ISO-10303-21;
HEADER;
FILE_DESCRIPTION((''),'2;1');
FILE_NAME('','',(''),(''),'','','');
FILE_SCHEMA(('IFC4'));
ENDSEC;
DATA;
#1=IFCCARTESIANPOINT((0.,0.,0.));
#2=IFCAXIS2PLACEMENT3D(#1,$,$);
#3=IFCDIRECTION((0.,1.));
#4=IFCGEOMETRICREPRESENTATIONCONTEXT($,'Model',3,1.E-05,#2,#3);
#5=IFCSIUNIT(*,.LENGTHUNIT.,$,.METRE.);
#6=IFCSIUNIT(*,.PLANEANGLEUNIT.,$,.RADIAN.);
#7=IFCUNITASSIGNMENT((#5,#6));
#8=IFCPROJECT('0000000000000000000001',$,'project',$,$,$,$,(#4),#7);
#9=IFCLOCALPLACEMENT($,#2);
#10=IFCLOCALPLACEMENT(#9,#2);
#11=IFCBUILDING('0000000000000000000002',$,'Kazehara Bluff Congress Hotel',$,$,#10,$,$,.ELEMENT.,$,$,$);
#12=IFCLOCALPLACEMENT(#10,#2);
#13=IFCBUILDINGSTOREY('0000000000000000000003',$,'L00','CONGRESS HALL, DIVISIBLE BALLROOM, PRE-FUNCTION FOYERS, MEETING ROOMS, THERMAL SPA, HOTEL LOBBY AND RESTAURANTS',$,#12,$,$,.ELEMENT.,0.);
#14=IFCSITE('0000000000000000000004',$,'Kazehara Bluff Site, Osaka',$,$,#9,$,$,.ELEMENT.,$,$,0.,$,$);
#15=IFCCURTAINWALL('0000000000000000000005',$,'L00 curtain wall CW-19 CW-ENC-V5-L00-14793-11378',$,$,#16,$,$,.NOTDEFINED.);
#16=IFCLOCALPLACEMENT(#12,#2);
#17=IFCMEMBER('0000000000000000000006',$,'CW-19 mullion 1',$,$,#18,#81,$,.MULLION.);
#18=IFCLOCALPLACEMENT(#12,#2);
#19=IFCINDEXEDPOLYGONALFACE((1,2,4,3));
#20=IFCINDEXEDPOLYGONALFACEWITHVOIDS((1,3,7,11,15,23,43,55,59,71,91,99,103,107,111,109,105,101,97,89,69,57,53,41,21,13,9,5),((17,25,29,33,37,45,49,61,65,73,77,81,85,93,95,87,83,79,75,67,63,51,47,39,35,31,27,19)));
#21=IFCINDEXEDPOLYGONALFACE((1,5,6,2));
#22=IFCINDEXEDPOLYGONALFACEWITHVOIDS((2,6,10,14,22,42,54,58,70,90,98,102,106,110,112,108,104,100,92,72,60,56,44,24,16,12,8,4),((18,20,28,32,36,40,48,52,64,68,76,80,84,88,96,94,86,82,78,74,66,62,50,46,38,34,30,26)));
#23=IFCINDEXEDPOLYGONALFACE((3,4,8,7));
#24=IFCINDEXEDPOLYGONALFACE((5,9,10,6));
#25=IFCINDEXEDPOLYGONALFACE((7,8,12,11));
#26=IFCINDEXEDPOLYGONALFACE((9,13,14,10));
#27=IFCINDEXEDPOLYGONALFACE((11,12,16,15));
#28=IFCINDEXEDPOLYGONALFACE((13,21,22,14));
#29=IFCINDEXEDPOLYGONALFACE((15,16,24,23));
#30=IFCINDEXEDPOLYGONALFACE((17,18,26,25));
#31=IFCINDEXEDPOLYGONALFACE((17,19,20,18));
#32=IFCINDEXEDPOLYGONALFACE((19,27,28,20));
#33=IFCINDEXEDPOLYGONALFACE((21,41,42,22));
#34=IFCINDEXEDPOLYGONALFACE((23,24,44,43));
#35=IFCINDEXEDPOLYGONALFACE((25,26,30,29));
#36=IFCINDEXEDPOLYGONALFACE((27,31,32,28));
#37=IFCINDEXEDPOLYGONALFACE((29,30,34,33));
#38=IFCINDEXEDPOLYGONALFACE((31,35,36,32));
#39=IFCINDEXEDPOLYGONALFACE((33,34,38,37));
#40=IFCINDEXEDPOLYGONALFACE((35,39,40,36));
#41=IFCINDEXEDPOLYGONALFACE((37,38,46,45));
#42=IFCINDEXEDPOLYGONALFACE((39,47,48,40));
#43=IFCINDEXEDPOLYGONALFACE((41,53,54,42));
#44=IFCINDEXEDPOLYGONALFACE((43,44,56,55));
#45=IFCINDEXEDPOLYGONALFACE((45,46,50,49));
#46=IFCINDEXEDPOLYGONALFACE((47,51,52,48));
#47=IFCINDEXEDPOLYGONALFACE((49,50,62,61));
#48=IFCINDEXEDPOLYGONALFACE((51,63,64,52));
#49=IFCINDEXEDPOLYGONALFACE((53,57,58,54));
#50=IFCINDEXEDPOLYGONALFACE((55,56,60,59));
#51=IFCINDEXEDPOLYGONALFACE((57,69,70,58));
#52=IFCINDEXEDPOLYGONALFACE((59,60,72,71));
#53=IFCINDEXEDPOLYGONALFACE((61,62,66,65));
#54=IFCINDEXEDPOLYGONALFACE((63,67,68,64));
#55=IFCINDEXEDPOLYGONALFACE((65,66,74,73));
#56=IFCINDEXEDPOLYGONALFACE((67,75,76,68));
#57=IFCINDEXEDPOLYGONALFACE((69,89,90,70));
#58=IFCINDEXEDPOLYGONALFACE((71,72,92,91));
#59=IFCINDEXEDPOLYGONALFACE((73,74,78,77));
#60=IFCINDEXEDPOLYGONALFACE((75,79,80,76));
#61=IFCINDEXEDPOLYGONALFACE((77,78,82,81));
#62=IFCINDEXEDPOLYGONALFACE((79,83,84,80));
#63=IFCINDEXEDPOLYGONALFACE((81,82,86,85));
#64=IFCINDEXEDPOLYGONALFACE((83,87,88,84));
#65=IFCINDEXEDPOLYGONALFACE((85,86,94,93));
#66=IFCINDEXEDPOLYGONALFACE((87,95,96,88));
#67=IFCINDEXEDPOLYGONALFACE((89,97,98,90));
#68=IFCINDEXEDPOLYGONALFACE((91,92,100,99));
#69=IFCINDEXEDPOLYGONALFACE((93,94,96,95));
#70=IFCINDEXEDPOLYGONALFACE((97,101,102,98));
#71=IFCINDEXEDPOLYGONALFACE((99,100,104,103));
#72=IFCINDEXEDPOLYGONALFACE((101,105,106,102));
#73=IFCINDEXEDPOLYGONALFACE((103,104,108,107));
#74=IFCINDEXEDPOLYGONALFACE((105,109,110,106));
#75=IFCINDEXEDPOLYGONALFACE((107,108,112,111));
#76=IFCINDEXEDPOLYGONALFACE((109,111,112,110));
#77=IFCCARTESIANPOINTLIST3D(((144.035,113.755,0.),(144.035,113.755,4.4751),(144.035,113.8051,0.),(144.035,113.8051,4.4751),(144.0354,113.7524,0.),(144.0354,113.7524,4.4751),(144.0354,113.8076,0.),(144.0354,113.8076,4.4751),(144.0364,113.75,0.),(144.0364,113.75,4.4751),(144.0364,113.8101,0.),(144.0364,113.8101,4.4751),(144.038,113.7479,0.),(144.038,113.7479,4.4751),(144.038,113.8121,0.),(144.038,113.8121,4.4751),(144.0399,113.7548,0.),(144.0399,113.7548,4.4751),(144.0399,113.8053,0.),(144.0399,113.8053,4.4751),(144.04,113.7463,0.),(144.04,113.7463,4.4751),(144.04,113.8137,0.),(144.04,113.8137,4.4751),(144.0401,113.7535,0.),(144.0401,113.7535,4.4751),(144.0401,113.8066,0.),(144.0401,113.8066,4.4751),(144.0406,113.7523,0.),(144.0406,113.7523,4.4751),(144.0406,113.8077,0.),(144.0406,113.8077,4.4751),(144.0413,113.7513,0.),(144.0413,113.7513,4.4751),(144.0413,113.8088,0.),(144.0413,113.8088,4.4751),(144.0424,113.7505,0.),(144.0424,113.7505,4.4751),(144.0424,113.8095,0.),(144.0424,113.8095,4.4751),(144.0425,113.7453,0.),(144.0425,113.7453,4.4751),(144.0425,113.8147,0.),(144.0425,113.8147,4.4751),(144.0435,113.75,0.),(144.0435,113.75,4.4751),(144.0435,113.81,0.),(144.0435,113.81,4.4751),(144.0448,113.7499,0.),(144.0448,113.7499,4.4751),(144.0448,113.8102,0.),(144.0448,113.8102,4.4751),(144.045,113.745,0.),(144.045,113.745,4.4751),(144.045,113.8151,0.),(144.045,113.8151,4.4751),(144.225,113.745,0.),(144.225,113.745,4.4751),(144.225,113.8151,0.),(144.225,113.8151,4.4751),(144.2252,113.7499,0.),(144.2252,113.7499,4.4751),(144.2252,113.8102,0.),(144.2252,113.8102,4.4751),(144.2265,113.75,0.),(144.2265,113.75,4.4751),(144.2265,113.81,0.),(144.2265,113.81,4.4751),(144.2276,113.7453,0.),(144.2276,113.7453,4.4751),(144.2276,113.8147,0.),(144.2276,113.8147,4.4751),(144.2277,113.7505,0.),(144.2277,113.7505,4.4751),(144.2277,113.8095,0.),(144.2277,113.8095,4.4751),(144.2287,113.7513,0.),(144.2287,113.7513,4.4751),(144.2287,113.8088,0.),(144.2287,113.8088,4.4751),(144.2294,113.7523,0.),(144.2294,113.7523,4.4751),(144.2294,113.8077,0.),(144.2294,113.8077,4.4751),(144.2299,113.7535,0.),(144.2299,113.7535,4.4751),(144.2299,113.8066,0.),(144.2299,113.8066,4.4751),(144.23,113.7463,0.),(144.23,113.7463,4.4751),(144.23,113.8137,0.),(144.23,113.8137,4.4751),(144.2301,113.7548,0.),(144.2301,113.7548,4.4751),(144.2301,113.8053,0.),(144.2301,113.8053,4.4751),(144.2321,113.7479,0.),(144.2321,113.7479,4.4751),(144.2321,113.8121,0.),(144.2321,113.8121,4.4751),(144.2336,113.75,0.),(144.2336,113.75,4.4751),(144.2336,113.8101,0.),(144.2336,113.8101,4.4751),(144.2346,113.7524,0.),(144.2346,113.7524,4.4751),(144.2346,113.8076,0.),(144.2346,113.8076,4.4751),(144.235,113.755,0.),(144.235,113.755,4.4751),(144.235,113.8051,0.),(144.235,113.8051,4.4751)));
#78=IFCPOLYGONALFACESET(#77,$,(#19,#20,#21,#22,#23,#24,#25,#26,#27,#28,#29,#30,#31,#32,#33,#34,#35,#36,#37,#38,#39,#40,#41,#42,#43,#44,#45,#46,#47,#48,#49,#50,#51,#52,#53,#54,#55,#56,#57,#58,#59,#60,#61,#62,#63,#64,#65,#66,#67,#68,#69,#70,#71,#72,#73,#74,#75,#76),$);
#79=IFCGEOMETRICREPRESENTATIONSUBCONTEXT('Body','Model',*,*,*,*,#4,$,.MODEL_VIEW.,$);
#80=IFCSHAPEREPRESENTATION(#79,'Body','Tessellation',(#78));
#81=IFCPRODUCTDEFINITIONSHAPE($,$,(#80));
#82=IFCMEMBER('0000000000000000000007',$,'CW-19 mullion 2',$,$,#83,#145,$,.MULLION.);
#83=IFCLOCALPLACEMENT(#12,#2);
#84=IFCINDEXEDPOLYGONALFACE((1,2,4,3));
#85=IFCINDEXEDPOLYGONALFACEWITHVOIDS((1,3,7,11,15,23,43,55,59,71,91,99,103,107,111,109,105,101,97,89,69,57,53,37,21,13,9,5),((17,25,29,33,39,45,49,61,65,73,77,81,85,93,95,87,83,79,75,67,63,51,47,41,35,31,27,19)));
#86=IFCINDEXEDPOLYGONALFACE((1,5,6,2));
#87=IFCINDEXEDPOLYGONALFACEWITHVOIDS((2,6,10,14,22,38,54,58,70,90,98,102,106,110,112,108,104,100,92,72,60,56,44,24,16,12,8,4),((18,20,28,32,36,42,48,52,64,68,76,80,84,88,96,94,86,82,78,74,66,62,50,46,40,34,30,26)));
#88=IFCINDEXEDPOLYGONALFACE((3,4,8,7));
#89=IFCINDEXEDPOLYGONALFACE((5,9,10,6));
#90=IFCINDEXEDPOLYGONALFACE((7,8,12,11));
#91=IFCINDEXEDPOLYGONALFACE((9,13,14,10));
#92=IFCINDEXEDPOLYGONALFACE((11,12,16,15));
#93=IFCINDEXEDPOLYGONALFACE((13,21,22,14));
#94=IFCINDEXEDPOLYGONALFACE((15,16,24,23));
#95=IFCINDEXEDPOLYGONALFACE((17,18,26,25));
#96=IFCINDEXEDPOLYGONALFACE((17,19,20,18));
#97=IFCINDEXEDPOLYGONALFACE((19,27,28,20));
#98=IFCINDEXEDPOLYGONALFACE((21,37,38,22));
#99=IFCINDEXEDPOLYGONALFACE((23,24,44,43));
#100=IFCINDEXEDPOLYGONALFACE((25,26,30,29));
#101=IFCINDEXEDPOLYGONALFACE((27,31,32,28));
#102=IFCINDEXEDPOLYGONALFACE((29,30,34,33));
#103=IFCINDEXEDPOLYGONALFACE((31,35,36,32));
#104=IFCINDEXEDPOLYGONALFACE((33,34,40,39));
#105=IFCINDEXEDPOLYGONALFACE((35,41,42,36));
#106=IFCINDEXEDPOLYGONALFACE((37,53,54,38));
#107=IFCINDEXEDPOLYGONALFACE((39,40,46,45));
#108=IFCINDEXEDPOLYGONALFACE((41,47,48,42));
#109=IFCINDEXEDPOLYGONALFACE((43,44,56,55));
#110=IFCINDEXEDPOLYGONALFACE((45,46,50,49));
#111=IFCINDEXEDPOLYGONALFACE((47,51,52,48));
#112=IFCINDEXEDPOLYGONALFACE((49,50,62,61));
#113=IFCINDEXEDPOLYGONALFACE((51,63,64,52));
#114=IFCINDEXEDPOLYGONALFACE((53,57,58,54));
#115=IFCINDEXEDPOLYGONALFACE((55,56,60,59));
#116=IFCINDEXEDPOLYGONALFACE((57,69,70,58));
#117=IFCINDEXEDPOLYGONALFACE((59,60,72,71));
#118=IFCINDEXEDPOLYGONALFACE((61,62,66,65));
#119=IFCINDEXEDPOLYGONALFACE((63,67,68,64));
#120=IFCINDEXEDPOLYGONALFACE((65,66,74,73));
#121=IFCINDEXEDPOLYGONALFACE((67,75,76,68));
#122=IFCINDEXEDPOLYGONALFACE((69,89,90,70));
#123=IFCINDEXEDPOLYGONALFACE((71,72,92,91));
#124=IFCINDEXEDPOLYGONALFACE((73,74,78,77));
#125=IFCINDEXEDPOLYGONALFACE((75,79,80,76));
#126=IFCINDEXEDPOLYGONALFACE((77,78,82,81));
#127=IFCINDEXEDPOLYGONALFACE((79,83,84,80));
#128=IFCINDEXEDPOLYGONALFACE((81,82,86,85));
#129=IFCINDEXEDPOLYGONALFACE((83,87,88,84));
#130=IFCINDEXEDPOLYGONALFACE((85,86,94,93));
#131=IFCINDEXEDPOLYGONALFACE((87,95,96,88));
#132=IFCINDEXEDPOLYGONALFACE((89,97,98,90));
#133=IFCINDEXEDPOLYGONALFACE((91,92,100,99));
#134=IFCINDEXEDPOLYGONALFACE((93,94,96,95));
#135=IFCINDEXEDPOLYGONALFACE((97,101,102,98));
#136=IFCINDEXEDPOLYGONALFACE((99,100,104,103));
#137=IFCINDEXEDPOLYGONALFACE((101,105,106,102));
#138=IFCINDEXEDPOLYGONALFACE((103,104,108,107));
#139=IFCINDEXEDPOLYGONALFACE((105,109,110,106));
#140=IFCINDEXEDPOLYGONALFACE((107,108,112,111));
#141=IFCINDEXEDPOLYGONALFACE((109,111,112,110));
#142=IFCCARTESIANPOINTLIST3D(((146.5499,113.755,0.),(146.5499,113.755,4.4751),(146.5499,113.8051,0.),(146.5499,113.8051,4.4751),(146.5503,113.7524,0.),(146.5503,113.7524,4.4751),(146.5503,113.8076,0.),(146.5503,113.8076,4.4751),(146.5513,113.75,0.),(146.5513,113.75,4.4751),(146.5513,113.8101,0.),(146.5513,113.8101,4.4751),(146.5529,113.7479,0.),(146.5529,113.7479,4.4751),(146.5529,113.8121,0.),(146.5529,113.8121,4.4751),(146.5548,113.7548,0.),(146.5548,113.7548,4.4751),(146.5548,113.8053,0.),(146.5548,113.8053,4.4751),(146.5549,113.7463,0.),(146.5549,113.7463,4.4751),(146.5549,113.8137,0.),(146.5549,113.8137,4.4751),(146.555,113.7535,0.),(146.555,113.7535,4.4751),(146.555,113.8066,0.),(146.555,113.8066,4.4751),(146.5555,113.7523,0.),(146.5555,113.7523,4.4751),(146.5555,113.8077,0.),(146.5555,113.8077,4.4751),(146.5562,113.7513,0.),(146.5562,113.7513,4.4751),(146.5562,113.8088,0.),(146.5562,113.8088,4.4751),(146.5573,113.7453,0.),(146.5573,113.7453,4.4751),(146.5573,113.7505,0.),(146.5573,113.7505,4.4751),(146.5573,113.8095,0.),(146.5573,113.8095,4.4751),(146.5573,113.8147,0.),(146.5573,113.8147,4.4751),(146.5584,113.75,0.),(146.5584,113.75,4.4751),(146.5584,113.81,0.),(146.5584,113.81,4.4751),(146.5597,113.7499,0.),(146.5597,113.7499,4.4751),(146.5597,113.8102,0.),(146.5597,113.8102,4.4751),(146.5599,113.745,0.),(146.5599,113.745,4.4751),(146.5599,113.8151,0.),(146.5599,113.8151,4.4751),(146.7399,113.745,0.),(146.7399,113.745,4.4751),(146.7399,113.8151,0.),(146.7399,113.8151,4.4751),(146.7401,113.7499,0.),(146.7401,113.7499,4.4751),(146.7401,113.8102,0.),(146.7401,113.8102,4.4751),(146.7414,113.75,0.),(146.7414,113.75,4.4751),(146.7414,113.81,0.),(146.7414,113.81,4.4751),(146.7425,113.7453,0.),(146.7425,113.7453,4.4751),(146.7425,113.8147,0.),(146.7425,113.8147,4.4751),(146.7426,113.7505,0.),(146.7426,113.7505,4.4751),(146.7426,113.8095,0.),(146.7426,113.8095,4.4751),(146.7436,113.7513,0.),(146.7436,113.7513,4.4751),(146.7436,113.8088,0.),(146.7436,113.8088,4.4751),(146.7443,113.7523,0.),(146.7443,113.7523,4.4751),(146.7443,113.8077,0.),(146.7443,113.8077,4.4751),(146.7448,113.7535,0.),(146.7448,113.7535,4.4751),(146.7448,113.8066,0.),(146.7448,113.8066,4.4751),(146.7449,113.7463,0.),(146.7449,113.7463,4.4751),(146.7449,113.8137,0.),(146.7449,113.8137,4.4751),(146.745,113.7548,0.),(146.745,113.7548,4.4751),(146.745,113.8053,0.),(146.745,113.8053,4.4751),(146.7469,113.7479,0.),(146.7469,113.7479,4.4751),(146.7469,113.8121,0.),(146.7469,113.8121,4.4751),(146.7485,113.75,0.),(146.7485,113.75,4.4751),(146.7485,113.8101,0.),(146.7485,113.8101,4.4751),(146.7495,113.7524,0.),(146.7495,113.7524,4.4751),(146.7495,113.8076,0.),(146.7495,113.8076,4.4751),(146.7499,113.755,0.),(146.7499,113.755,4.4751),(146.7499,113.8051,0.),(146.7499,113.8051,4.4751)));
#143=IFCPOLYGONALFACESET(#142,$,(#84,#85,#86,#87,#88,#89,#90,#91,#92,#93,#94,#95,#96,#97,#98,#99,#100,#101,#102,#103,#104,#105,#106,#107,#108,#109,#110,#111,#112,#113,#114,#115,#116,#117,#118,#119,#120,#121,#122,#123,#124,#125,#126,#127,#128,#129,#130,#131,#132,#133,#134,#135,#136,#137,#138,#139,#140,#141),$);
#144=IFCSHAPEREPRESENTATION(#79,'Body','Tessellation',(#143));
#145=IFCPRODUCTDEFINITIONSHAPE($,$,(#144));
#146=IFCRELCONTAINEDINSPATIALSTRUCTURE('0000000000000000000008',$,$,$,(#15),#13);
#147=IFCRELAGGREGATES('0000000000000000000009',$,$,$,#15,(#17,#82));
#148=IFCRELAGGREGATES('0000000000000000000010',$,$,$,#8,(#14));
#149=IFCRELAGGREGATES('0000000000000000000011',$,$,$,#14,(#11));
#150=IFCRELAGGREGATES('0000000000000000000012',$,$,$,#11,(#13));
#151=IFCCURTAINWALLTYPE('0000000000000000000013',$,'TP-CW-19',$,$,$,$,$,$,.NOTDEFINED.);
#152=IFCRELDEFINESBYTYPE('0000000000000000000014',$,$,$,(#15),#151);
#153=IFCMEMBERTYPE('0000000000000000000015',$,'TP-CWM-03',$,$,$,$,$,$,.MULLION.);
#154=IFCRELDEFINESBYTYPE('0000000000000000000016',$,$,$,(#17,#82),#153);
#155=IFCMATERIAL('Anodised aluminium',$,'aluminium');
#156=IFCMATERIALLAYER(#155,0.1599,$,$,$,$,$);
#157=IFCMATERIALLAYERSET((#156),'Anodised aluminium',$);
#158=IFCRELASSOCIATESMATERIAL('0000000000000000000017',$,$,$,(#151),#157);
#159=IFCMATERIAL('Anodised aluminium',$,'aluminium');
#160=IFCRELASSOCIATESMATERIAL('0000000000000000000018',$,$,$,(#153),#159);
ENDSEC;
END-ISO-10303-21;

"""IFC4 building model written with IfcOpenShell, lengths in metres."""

from ifc_helpers import new_model, si_unit, direction, frame, origin, origin_2d, place, context, subcontext, project, spatial, hollow_rectangle, extrude, material, layer, layer_set, material_profile, profile_set, type_object, element, aggregate, save


model = new_model("IFC4")

# Units and contexts
model_context = context("Model", 3, precision=1e-05, world=origin(), true_north=direction((0.0, 1.0)))
body_context = subcontext(model_context, "Body", "Model", "MODEL_VIEW")
ifc_project = project(units=[si_unit("LENGTHUNIT", "METRE"), si_unit("PLANEANGLEUNIT", "RADIAN")], contexts=[model_context])

# Site, building, storey
site_placement = place(None, origin())
site = spatial("IfcSite", under=ifc_project, at=site_placement, Name="Kazehara Bluff Site, Osaka", CompositionType="ELEMENT", RefElevation=0.0)
building_placement = place(site_placement, origin())
building = spatial("IfcBuilding", under=site, at=building_placement, Name="Kazehara Bluff Congress Hotel", CompositionType="ELEMENT")
storey_placement = place(building_placement, origin())
storey = spatial("IfcBuildingStorey", under=building, at=storey_placement, Name="L00", Description="CONGRESS HALL, DIVISIBLE BALLROOM, PRE-FUNCTION FOYERS, MEETING ROOMS, THERMAL SPA, HOTEL LOBBY AND RESTAURANTS", CompositionType="ELEMENT", Elevation=0.0)

# Curtain wall, members
ifc_material_1 = material(Name="Anodised aluminium", Category="aluminium")
ifc_layer_1 = layer(ifc_material_1, 0.1599)
ifc_layer_set_1 = layer_set([ifc_layer_1], Name="Anodised aluminium")
curtain_wall_type_1 = type_object("IfcCurtainWallType", Name="TP-CW-19", PredefinedType="NOTDEFINED", material=ifc_layer_set_1)
curtain_wall_1_placement = place(storey_placement, origin())
curtain_wall_1 = element("IfcCurtainWall", 1, at=curtain_wall_1_placement, inside=storey, type_object=curtain_wall_type_1, Name="L00 curtain wall CW-19 CW-ENC-V5-L00-14793-11378", PredefinedType="NOTDEFINED")
ifc_material_2 = material(Name="Anodised aluminium", Category="aluminium")
ifc_material_profile_1 = material_profile(ifc_material_2, hollow_rectangle(XDim=0.0701, YDim=0.2, WallThickness=0.0049, InnerFilletRadius=0.0049, OuterFilletRadius=0.01, at=origin_2d()))
ifc_profile_set_1 = profile_set([ifc_material_profile_1], Name="Anodised aluminium")
member_type_1 = type_object("IfcMemberType", Name="TP-CWM-03", PredefinedType="MULLION", material=ifc_profile_set_1)
member_1_placement = place(storey_placement, frame((144.135, 113.78, 0.0), z_axis=(0.0, 0.0, 1.0), x_axis=(0.0, 1.0, 0.0)))
member_1 = element("IfcMember", 2, at=member_1_placement, type_object=member_type_1, Name="CW-19 mullion 1", PredefinedType="MULLION", context=body_context, shape_type="SweptSolid", body=[
    extrude(hollow_rectangle(XDim=0.0701, YDim=0.2, WallThickness=0.0049, InnerFilletRadius=0.0049, OuterFilletRadius=0.01, at=origin_2d()), origin(), (0.0, 0.0, 1.0), 4.4751),
])
member_2_placement = place(storey_placement, frame((146.6499, 113.78, 0.0), z_axis=(0.0, 0.0, 1.0), x_axis=(0.0, 1.0, 0.0)))
member_2 = element("IfcMember", 3, at=member_2_placement, type_object=member_type_1, Name="CW-19 mullion 2", PredefinedType="MULLION", context=body_context, shape_type="SweptSolid", body=[
    extrude(hollow_rectangle(XDim=0.0701, YDim=0.2, WallThickness=0.0049, InnerFilletRadius=0.0049, OuterFilletRadius=0.01, at=origin_2d()), origin(), (0.0, 0.0, 1.0), 4.4751),
])

aggregate(curtain_wall_1, [member_1, member_2])

save(model, "model.ifc")
